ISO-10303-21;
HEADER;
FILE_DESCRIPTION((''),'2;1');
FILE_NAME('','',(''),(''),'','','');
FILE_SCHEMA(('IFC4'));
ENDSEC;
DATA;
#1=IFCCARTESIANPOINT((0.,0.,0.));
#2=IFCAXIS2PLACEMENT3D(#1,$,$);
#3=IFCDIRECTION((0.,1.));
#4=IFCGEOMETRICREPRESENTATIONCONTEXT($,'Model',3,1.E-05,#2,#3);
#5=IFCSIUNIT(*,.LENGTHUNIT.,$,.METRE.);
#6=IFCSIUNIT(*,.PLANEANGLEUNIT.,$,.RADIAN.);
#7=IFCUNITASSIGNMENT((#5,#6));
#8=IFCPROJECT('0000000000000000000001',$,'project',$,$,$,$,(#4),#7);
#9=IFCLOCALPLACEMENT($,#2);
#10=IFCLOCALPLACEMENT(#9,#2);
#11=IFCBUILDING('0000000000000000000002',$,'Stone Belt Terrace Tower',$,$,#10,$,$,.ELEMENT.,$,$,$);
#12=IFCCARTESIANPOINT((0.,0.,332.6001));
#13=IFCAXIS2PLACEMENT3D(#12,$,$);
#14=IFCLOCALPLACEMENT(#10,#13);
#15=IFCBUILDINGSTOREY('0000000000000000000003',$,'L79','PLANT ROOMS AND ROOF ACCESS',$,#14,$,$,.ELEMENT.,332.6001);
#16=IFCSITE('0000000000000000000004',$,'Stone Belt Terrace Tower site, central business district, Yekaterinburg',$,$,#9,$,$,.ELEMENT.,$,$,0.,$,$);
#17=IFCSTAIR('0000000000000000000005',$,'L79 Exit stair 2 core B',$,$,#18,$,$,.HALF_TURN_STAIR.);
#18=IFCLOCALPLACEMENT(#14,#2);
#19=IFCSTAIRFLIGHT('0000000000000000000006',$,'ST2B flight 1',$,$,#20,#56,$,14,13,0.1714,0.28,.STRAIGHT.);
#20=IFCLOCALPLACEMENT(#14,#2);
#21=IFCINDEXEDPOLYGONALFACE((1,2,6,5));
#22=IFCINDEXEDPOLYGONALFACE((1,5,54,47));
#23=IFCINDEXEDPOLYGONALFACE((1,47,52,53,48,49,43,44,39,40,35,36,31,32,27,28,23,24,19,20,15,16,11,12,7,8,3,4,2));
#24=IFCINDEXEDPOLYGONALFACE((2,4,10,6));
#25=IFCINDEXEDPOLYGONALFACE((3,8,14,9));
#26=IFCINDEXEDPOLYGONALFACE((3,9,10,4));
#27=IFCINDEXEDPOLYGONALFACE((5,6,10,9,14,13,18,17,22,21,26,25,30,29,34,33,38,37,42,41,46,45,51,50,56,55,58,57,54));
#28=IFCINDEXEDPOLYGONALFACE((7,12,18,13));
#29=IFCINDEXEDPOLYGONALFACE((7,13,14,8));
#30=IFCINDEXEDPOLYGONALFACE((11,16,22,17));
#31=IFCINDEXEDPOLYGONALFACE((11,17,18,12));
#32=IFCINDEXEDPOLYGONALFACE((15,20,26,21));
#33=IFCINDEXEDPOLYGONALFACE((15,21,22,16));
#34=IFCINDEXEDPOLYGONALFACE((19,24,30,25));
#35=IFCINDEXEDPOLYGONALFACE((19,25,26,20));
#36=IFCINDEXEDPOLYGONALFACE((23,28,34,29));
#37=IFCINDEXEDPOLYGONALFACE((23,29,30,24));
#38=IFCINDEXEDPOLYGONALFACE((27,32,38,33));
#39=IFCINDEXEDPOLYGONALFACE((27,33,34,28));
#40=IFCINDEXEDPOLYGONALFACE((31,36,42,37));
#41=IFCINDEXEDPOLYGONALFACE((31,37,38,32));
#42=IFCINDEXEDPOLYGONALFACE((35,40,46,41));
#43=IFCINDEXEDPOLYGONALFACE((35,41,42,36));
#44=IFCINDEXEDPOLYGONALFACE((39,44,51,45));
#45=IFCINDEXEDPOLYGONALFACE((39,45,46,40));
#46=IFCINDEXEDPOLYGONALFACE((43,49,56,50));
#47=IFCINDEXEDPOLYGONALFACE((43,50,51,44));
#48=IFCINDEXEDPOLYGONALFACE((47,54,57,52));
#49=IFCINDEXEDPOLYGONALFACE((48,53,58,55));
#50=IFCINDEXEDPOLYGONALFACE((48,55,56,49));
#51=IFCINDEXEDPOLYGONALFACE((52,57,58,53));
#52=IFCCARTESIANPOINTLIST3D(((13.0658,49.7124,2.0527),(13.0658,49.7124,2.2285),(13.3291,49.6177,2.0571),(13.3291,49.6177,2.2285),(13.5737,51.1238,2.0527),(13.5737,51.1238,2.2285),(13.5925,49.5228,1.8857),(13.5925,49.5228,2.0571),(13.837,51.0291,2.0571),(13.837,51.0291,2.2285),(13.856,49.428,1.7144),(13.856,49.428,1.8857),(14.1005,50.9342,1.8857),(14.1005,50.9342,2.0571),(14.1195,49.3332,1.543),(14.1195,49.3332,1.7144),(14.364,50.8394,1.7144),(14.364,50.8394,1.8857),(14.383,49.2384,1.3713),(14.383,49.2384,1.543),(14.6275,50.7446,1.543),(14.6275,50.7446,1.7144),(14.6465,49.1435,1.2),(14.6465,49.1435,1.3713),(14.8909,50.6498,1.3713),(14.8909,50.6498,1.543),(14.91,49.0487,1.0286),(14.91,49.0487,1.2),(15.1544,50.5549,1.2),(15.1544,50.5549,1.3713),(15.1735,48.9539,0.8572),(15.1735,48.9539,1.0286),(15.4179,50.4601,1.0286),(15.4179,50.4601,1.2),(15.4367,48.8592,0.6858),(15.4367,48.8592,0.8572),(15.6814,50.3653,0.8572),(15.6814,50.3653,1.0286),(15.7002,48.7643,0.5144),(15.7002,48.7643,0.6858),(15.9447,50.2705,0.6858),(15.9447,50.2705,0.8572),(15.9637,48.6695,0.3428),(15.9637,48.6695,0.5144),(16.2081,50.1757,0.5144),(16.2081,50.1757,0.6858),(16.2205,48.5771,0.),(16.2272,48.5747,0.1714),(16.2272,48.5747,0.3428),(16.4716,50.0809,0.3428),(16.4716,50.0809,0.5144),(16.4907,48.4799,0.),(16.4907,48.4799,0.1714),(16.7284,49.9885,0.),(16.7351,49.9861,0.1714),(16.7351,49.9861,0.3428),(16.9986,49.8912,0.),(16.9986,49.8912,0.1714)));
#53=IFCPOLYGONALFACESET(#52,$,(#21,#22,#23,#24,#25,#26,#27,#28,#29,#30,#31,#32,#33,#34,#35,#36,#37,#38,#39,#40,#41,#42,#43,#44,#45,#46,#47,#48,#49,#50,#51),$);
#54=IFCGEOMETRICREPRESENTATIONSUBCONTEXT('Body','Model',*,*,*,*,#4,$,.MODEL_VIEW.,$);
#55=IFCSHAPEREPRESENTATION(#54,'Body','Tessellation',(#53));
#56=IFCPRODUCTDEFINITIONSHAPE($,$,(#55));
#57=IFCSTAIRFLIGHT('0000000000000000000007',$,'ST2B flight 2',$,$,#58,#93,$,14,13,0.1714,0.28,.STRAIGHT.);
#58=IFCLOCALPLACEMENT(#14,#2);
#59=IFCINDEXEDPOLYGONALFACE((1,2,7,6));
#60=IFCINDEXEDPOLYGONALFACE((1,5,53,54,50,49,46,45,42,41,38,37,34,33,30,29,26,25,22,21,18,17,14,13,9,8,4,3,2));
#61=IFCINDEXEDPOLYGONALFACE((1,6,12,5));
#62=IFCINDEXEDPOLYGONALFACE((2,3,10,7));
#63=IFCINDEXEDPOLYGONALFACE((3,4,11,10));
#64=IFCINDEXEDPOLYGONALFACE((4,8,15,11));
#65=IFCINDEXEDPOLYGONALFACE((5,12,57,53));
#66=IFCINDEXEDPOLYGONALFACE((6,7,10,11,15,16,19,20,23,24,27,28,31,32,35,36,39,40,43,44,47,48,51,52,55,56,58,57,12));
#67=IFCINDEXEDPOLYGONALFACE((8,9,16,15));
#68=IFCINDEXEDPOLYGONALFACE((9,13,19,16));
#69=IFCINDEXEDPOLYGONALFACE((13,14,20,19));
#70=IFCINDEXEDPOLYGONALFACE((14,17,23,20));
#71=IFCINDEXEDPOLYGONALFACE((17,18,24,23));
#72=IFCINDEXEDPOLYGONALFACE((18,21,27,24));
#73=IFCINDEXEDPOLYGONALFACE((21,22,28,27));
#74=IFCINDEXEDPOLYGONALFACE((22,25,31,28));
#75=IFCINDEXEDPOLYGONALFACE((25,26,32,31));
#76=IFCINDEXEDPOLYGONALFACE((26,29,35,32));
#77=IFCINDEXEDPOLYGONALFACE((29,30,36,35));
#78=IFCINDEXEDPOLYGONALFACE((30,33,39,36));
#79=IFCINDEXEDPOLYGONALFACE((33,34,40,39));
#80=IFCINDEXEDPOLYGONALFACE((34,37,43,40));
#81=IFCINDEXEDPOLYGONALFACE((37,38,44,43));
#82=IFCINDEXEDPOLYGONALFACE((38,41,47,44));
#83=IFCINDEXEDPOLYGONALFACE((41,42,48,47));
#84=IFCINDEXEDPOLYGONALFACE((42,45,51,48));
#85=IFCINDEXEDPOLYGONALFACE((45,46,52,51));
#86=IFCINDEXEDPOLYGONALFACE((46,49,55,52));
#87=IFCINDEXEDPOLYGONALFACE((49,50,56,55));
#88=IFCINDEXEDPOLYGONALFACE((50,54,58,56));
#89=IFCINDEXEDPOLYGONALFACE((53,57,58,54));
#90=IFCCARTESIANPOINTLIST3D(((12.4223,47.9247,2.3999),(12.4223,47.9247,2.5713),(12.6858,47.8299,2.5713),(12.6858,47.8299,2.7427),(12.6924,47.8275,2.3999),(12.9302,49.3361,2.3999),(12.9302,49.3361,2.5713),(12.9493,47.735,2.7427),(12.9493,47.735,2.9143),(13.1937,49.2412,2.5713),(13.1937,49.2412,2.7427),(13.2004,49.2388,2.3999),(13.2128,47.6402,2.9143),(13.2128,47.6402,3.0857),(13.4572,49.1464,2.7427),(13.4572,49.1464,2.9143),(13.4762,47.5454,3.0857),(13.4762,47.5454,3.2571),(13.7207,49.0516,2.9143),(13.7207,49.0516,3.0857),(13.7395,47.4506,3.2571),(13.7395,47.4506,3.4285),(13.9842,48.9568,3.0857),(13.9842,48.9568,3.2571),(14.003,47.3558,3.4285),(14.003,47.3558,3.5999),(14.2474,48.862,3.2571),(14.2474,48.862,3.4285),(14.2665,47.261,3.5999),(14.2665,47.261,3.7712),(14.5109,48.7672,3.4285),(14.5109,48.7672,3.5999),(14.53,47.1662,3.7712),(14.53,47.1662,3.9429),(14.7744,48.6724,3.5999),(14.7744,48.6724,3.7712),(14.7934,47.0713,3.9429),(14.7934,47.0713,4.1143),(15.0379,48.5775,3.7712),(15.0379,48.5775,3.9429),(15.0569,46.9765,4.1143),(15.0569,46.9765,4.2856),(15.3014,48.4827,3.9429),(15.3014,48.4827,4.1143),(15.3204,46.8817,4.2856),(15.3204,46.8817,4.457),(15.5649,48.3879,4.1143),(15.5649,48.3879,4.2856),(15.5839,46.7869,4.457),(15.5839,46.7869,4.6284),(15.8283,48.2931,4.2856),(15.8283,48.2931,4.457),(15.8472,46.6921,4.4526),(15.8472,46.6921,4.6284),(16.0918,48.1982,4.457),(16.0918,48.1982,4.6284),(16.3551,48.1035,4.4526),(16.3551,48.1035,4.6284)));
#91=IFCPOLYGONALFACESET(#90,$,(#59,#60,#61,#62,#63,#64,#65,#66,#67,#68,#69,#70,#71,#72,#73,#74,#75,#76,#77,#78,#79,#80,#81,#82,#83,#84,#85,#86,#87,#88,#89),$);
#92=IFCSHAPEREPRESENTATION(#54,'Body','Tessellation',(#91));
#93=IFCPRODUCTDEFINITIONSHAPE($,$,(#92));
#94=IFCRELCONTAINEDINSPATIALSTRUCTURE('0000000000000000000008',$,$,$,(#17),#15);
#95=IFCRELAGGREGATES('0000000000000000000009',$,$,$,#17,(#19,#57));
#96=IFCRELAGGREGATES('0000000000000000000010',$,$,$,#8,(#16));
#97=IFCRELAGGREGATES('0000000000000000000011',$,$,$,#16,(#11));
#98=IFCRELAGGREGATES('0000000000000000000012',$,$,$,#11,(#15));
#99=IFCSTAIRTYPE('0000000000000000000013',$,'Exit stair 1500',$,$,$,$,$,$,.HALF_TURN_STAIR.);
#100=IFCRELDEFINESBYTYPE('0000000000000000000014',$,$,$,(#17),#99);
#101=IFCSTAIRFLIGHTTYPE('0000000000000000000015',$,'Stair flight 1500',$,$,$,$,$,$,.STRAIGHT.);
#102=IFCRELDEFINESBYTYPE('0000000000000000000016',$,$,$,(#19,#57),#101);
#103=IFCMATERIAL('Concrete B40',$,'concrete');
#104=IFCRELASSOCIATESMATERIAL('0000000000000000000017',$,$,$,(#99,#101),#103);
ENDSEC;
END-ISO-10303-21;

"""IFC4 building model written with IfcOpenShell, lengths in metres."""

from ifc_helpers import new_model, si_unit, direction, frame, origin, place, context, subcontext, project, spatial, polyline, outline, extrude, material, type_object, element, aggregate, save


model = new_model("IFC4")

# Units and contexts
model_context = context("Model", 3, precision=1e-05, world=origin(), true_north=direction((0.0, 1.0)))
body_context = subcontext(model_context, "Body", "Model", "MODEL_VIEW")
ifc_project = project(units=[si_unit("LENGTHUNIT", "METRE"), si_unit("PLANEANGLEUNIT", "RADIAN")], contexts=[model_context])

# Site, building, storey
site_placement = place(None, origin())
site = spatial("IfcSite", under=ifc_project, at=site_placement, Name="Stone Belt Terrace Tower site, central business district, Yekaterinburg", CompositionType="ELEMENT", RefElevation=0.0)
building_placement = place(site_placement, origin())
building = spatial("IfcBuilding", under=site, at=building_placement, Name="Stone Belt Terrace Tower", CompositionType="ELEMENT")
storey_placement = place(building_placement, frame((0.0, 0.0, 332.6001)))
storey = spatial("IfcBuildingStorey", under=building, at=storey_placement, Name="L79", Description="PLANT ROOMS AND ROOF ACCESS", CompositionType="ELEMENT", Elevation=332.6001)

# Stair, stair flights
ifc_material_1 = material(Name="Concrete B40", Category="concrete")
stair_type = type_object("IfcStairType", Name="Exit stair 1500", PredefinedType="HALF_TURN_STAIR", material=ifc_material_1)
stair_placement = place(storey_placement, origin())
stair = element("IfcStair", 1, at=stair_placement, inside=storey, type_object=stair_type, Name="L79 Exit stair 2 core B", PredefinedType="HALF_TURN_STAIR")
stair_flight_type = type_object("IfcStairFlightType", Name="Stair flight 1500", PredefinedType="STRAIGHT", material=ifc_material_1)
stair_flight_1_placement = place(storey_placement, frame((16.7446, 49.1855, 0.0), z_axis=(0.0, 0.0, 1.0), x_axis=(-0.940922, 0.338624, 0.0)))
stair_flight_1 = element("IfcStairFlight", 2, at=stair_flight_1_placement, type_object=stair_flight_type, Name="ST2B flight 1", NumberOfRisers=14, NumberOfTreads=13, PredefinedType="STRAIGHT", RiserHeight=0.1714, TreadLength=0.28, context=body_context, shape_type="SweptSolid", body=[
    extrude(outline(polyline([(0.0, 0.0), (0.0, 0.1714), (0.28, 0.1714), (0.28, 0.3428), (0.5601, 0.3428), (0.5601, 0.5144), (0.8401, 0.5144), (0.8401, 0.6858), (1.1201, 0.6858), (1.1201, 0.8572), (1.3999, 0.8572), (1.3999, 1.0286), (1.6799, 1.0286), (1.6799, 1.2), (1.96, 1.2), (1.96, 1.3713), (2.24, 1.3713), (2.24, 1.543), (2.52, 1.543), (2.52, 1.7144), (2.8, 1.7144), (2.8, 1.8857), (3.0801, 1.8857), (3.0801, 2.0571), (3.3601, 2.0571), (3.3601, 2.2285), (3.6399, 2.2285), (3.6399, 2.3999), (3.6399, 2.0527), (0.2871, 0.0), (0.0, 0.0)])), frame((0.0, 0.75, 0.0), z_axis=(0.0, -1.0, 0.0), x_axis=(1.0, 0.0, 0.0)), (0.0, 0.0, 1.0), 1.5),
])
stair_flight_2_placement = place(storey_placement, frame((12.6763, 48.6304, 2.3999), z_axis=(0.0, 0.0, 1.0), x_axis=(0.940922, -0.338624, 0.0)))
stair_flight_2 = element("IfcStairFlight", 3, at=stair_flight_2_placement, type_object=stair_flight_type, Name="ST2B flight 2", NumberOfRisers=14, NumberOfTreads=13, PredefinedType="STRAIGHT", RiserHeight=0.1714, TreadLength=0.28, context=body_context, shape_type="SweptSolid", body=[
    extrude(outline(polyline([(0.0, 0.0), (0.0, 0.1714), (0.28, 0.1714), (0.28, 0.3428), (0.5601, 0.3428), (0.5601, 0.5144), (0.8401, 0.5144), (0.8401, 0.6858), (1.1201, 0.6858), (1.1201, 0.8572), (1.3999, 0.8572), (1.3999, 1.0286), (1.6799, 1.0286), (1.6799, 1.2), (1.96, 1.2), (1.96, 1.3713), (2.24, 1.3713), (2.24, 1.543), (2.52, 1.543), (2.52, 1.7144), (2.8, 1.7144), (2.8, 1.8857), (3.0801, 1.8857), (3.0801, 2.0571), (3.3601, 2.0571), (3.3601, 2.2285), (3.6399, 2.2285), (3.6399, 2.3999), (3.6399, 2.0527), (0.2871, 0.0), (0.0, 0.0)])), frame((0.0, 0.75, 0.0), z_axis=(0.0, -1.0, 0.0), x_axis=(1.0, 0.0, 0.0)), (0.0, 0.0, 1.0), 1.5),
])
aggregate(stair, [stair_flight_1, stair_flight_2])

save(model, "model.ifc")
